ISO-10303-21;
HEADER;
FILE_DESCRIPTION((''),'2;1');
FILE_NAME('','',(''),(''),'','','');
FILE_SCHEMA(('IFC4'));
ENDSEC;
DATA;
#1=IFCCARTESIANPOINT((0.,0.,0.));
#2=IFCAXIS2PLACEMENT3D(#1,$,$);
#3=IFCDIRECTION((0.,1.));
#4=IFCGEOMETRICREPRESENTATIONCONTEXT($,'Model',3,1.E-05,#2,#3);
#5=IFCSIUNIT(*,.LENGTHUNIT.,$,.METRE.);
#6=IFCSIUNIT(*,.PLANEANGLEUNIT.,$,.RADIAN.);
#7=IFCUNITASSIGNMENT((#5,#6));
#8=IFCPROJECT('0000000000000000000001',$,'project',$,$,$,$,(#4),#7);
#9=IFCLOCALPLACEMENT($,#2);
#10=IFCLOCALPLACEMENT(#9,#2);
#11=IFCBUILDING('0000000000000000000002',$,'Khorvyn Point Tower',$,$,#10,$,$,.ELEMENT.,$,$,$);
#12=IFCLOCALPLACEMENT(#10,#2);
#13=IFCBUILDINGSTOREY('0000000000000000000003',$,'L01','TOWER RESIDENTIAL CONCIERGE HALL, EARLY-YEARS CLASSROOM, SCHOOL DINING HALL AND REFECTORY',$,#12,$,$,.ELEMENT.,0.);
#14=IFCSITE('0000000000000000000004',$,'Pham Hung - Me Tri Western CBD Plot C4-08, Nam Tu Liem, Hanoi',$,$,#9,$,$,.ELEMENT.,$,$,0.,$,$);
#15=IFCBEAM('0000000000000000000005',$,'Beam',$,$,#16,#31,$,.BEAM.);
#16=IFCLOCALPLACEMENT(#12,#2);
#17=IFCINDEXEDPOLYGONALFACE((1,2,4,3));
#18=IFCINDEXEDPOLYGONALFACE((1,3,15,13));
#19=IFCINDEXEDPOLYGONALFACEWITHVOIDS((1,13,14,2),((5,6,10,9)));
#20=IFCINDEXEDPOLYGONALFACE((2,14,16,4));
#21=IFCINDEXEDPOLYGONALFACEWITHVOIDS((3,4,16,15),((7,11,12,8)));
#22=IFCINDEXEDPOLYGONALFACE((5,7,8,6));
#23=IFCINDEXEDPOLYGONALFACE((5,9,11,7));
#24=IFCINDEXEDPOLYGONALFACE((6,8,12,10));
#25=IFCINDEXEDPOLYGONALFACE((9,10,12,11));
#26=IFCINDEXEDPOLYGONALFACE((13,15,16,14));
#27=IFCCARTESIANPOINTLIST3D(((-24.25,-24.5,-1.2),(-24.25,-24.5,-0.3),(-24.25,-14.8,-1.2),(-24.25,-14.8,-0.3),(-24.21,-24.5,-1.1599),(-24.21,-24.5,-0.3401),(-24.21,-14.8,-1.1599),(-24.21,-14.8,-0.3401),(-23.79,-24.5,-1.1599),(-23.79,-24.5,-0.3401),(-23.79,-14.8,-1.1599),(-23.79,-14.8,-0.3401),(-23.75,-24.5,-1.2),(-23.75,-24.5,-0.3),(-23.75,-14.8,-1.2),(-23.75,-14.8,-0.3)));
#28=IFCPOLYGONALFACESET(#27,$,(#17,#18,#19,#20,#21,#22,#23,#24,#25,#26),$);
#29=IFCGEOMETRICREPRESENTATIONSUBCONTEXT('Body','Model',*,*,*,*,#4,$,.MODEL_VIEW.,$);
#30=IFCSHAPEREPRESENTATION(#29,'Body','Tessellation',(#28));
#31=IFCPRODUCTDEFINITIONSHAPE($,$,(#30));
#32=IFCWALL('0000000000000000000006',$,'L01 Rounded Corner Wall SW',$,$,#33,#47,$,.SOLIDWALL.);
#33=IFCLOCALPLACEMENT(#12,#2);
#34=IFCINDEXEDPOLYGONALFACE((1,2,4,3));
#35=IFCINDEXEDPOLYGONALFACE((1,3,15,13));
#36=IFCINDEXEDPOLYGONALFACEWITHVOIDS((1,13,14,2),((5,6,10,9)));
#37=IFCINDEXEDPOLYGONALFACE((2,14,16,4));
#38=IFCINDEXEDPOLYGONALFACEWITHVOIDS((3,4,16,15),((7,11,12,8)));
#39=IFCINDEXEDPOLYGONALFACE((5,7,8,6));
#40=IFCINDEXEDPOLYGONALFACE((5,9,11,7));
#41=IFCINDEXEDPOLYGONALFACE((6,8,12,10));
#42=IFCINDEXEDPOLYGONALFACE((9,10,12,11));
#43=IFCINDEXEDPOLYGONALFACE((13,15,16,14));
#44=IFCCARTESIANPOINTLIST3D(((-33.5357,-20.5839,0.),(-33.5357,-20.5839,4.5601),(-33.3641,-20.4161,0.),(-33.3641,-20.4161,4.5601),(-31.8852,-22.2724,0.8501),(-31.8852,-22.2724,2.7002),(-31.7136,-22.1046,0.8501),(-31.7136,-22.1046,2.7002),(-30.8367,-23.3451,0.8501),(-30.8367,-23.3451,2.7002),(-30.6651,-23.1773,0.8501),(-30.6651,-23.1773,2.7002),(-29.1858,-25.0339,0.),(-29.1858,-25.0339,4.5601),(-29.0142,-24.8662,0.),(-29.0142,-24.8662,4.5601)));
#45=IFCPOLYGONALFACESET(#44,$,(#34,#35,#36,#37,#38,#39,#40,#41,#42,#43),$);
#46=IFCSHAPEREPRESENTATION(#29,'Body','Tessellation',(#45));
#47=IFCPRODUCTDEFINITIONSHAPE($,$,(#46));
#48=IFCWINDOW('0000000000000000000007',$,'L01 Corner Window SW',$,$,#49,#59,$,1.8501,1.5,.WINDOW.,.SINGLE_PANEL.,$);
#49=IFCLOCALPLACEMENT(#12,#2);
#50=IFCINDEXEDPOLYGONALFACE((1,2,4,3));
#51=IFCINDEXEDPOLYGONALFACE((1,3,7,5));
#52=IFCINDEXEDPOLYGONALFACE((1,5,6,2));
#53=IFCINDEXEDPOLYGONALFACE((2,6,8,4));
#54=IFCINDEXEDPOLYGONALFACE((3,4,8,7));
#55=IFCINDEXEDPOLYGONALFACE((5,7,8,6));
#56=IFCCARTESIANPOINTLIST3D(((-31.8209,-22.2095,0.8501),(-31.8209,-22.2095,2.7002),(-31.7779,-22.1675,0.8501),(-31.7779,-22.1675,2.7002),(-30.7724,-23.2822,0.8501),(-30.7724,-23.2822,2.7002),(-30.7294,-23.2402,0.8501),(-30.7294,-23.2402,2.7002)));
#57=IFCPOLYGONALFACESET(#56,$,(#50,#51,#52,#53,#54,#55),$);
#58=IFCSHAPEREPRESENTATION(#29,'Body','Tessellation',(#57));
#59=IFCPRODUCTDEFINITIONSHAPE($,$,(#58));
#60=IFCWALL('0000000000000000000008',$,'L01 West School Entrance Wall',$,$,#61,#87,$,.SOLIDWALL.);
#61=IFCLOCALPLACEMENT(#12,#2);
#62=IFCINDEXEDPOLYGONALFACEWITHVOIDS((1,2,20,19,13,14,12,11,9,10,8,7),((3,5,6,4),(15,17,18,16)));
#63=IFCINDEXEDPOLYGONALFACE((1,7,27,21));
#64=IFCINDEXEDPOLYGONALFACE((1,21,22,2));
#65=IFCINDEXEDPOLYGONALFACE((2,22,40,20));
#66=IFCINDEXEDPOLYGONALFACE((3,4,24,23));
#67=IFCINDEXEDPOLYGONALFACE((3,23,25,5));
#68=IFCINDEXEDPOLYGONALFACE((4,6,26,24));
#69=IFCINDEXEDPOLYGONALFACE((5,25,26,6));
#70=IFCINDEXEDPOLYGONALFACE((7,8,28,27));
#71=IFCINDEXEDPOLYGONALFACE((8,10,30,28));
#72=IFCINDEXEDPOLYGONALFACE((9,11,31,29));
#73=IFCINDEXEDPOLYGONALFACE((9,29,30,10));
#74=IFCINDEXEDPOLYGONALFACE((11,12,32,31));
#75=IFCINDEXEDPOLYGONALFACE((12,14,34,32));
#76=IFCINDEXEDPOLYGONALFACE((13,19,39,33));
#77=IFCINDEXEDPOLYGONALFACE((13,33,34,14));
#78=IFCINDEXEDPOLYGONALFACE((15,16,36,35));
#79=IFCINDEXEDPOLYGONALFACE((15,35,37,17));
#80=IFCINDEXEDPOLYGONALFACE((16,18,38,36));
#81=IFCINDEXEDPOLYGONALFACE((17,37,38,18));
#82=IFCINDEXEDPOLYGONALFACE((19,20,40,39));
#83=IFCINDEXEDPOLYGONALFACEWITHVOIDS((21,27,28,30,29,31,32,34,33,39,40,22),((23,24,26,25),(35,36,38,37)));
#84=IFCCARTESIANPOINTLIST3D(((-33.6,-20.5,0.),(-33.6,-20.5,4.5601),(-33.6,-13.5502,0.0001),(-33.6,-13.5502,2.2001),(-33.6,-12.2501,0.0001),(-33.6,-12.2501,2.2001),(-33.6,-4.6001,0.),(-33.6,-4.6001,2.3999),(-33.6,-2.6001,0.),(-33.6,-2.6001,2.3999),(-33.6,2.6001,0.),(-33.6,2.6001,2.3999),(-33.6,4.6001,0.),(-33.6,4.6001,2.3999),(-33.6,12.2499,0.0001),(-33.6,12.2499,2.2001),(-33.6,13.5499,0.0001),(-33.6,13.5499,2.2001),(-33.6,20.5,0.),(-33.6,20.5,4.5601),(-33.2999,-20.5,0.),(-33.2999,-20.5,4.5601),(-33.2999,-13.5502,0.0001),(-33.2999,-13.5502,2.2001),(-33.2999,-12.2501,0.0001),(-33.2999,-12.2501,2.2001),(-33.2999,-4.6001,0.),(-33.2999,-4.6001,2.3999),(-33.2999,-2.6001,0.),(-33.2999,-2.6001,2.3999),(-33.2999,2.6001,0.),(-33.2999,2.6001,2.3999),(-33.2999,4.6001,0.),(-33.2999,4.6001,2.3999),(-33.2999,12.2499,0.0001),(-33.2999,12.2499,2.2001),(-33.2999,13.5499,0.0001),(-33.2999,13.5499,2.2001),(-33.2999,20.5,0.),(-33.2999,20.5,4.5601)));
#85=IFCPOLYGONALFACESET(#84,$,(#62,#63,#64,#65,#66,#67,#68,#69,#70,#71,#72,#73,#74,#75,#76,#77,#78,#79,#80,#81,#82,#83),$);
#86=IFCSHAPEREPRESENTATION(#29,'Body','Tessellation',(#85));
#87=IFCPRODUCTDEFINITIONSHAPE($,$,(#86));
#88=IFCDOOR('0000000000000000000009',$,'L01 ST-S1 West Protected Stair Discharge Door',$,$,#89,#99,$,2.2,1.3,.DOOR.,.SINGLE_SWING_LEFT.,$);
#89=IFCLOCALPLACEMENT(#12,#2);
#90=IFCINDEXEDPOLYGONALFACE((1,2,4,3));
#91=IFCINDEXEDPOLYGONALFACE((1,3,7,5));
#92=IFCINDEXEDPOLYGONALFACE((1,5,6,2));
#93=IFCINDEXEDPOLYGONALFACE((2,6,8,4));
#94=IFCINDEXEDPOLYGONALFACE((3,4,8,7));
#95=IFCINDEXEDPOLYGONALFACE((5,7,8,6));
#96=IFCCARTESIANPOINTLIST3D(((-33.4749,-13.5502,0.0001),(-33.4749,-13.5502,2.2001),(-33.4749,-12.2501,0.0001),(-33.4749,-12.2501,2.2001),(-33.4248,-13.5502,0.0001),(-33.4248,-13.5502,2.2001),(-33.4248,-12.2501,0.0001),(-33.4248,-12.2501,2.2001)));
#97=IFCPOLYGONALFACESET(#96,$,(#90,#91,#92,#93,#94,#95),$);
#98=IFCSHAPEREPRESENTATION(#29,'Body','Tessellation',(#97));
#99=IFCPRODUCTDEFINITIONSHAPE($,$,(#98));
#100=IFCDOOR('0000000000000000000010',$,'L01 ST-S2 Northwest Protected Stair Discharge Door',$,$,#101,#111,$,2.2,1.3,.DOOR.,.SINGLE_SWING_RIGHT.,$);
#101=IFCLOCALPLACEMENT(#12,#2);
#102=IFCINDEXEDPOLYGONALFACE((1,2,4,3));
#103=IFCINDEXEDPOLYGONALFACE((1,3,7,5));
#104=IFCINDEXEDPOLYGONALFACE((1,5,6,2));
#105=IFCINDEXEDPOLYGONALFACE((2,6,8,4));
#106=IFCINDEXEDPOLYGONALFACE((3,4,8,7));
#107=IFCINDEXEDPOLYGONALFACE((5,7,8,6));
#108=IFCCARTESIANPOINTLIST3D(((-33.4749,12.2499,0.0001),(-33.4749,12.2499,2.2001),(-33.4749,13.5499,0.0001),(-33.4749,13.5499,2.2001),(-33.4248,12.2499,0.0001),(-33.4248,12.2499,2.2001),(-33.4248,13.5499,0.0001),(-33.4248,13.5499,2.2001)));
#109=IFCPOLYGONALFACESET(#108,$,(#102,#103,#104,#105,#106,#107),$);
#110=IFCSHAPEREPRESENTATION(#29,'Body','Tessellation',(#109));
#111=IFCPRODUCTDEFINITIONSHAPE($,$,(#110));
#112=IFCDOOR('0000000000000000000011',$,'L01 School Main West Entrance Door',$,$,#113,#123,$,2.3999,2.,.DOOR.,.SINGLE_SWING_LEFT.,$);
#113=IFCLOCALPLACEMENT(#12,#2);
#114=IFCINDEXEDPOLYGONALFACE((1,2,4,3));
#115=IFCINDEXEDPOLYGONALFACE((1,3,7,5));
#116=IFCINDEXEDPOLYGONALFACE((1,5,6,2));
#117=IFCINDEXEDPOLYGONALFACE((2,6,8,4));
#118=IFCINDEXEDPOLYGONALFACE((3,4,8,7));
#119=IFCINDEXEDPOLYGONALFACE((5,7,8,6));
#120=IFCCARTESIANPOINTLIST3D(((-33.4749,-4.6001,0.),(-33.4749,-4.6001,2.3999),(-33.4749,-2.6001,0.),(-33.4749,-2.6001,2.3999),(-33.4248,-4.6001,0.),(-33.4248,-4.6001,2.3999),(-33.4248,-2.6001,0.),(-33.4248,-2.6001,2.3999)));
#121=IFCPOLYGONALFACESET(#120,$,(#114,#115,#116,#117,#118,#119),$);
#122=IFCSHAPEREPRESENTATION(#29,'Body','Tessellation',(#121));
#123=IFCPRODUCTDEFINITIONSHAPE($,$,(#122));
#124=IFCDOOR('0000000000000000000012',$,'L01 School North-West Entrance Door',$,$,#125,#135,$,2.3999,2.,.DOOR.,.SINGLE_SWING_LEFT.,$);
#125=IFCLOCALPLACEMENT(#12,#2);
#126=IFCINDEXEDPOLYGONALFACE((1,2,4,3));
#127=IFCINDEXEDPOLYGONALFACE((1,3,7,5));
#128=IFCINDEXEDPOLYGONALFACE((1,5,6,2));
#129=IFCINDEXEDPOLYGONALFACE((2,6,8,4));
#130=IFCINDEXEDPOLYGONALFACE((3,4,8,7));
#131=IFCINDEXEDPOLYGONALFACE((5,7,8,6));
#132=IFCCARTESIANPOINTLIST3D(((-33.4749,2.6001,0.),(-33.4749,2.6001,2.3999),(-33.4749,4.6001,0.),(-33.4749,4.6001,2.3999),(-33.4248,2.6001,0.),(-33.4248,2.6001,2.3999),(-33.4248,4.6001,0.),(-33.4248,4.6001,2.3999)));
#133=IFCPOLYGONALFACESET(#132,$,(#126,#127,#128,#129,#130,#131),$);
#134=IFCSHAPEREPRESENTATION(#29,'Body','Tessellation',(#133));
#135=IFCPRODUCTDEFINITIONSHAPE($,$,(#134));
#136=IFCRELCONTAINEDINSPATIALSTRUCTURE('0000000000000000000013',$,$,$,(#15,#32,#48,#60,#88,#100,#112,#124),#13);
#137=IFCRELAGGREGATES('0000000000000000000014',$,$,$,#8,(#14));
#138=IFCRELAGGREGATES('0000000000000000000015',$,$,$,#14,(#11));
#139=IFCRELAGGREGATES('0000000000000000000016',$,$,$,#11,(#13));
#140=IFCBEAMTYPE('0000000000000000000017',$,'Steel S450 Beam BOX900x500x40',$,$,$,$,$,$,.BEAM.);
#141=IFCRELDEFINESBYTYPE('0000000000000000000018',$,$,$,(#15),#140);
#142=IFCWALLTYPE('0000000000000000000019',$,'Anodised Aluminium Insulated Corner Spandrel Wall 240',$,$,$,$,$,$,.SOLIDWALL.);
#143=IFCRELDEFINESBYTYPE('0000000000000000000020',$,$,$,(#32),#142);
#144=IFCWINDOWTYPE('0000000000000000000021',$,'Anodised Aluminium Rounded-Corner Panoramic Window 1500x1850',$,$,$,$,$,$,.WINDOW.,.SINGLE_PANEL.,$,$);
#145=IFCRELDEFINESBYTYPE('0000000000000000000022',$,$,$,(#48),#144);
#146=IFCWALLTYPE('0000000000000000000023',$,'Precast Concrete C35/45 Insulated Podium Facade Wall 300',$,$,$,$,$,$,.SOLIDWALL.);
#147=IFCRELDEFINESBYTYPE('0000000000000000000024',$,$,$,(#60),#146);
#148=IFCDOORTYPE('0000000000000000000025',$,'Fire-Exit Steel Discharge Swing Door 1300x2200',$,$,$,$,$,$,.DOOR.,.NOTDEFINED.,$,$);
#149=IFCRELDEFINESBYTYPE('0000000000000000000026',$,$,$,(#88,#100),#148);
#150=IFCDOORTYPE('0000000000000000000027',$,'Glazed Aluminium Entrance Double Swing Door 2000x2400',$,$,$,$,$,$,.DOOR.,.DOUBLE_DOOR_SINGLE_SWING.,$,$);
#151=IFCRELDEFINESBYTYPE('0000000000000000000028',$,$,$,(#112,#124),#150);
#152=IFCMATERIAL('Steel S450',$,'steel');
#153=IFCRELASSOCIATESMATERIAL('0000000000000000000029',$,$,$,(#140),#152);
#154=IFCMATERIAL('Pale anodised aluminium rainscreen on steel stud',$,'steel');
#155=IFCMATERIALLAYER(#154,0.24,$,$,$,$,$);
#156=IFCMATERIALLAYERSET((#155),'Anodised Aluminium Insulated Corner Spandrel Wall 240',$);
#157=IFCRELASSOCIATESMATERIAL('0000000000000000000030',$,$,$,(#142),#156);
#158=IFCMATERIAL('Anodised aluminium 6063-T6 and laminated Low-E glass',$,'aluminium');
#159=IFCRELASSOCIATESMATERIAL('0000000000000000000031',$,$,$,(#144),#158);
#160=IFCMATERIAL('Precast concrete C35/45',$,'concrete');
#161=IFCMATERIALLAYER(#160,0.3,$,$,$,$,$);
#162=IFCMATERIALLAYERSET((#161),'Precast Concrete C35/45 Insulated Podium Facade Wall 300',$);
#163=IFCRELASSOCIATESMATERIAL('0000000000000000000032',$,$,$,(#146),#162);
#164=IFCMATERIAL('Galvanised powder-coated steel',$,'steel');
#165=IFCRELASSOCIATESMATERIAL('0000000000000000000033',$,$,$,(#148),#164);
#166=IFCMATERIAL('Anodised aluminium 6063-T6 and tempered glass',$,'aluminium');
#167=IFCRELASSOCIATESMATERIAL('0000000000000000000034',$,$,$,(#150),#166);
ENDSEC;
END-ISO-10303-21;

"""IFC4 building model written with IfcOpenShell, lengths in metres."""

from ifc_helpers import new_model, si_unit, direction, frame, frame_2d, origin, origin_2d, place, context, subcontext, project, spatial, rectangle, hollow_rectangle, extrude, material, layer, layer_set, material_profile, profile_set, type_object, element, fill, save


model = new_model("IFC4")

# Units and contexts
model_context = context("Model", 3, precision=1e-05, world=origin(), true_north=direction((0.0, 1.0)))
body_context = subcontext(model_context, "Body", "Model", "MODEL_VIEW")
ifc_project = project(units=[si_unit("LENGTHUNIT", "METRE"), si_unit("PLANEANGLEUNIT", "RADIAN")], contexts=[model_context])

# Site, building, storey
site_placement = place(None, origin())
site = spatial("IfcSite", under=ifc_project, at=site_placement, Name="Pham Hung - Me Tri Western CBD Plot C4-08, Nam Tu Liem, Hanoi", CompositionType="ELEMENT", RefElevation=0.0)
building_placement = place(site_placement, origin())
building = spatial("IfcBuilding", under=site, at=building_placement, Name="Khorvyn Point Tower", CompositionType="ELEMENT")
storey_placement = place(building_placement, origin())
storey = spatial("IfcBuildingStorey", under=building, at=storey_placement, Name="L01", Description="TOWER RESIDENTIAL CONCIERGE HALL, EARLY-YEARS CLASSROOM, SCHOOL DINING HALL AND REFECTORY", CompositionType="ELEMENT", Elevation=0.0)

# Beam
ifc_material_1 = material(Name="Steel S450", Category="steel")
ifc_material_profile_1 = material_profile(ifc_material_1, hollow_rectangle(XDim=0.5, YDim=0.8999, WallThickness=0.04, at=origin_2d()))
ifc_profile_set_1 = profile_set([ifc_material_profile_1], Name="Steel S450 BOX900x500x40")
beam_type_1 = type_object("IfcBeamType", Name="Steel S450 Beam BOX900x500x40", PredefinedType="BEAM", material=ifc_profile_set_1)
beam_1_placement = place(storey_placement, frame((-24.0, -24.5, -0.75), z_axis=(0.0, 1.0, 0.0), x_axis=(-1.0, 0.0, 0.0)))
element("IfcBeam", 1, at=beam_1_placement, inside=storey, type_object=beam_type_1, Name="Beam", PredefinedType="BEAM", context=body_context, shape_type="SweptSolid", body=[
    extrude(hollow_rectangle(XDim=0.5, YDim=0.8999, WallThickness=0.04, at=origin_2d()), origin(), (0.0, 0.0, 1.0), 9.7),
])

# Wall, opening, window
ifc_material_2 = material(Name="Pale anodised aluminium rainscreen on steel stud", Category="steel")
ifc_layer_1 = layer(ifc_material_2, 0.24)
ifc_layer_set_1 = layer_set([ifc_layer_1], Name="Anodised Aluminium Insulated Corner Spandrel Wall 240")
wall_type_1 = type_object("IfcWallType", Name="Anodised Aluminium Insulated Corner Spandrel Wall 240", PredefinedType="SOLIDWALL", material=ifc_layer_set_1)
wall_1_placement = place(storey_placement, frame((-29.1001, -24.95, 0.0), z_axis=(0.0, 0.0, 1.0), x_axis=(-0.699018, 0.715104, 0.0)))
wall_1 = element("IfcWall", 2, at=wall_1_placement, inside=storey, type_object=wall_type_1, Name="L01 Rounded Corner Wall SW", PredefinedType="SOLIDWALL", context=body_context, shape_type="SweptSolid", body=[
    extrude(rectangle(XDim=6.2229, YDim=0.24, at=frame_2d((3.1113, 0.0))), origin(), (0.0, 0.0, 1.0), 4.5601),
])
opening_1_placement = place(wall_1_placement, frame((2.3616, 0.0, 0.8501)))
opening_1 = element("IfcOpeningElement", 3, at=opening_1_placement, cuts=wall_1, PredefinedType="OPENING", context=body_context, shape_type="SweptSolid", body=[
    extrude(rectangle(XDim=1.5, YDim=1.8501, at=frame_2d((0.75, 0.925))), frame((0.0, 0.1299, 0.0), z_axis=(0.0, -1.0, 0.0), x_axis=(1.0, 0.0, 0.0)), (0.0, 0.0, 1.0), 0.26),
])
ifc_material_3 = material(Name="Anodised aluminium 6063-T6 and laminated Low-E glass", Category="aluminium")
window_type = type_object("IfcWindowType", Name="Anodised Aluminium Rounded-Corner Panoramic Window 1500x1850", PartitioningType="SINGLE_PANEL", PredefinedType="WINDOW", material=ifc_material_3)
window_placement = place(opening_1_placement, origin())
window = element("IfcWindow", 4, at=window_placement, inside=storey, type_object=window_type, Name="L01 Corner Window SW", OverallHeight=1.8501, OverallWidth=1.5, PartitioningType="SINGLE_PANEL", PredefinedType="WINDOW", context=body_context, shape_type="SweptSolid", body=[
    extrude(rectangle(XDim=1.5, YDim=1.8501, at=frame_2d((0.75, 0.925))), frame((0.0, 0.03, 0.0), z_axis=(0.0, -1.0, 0.0), x_axis=(1.0, 0.0, 0.0)), (0.0, 0.0, 1.0), 0.0601),
])
fill(opening_1, window)

# Wall, openings, doors
ifc_material_4 = material(Name="Precast concrete C35/45", Category="concrete")
ifc_layer_2 = layer(ifc_material_4, 0.3)
ifc_layer_set_2 = layer_set([ifc_layer_2], Name="Precast Concrete C35/45 Insulated Podium Facade Wall 300")
wall_type_2 = type_object("IfcWallType", Name="Precast Concrete C35/45 Insulated Podium Facade Wall 300", PredefinedType="SOLIDWALL", material=ifc_layer_set_2)
wall_2_placement = place(storey_placement, frame((-33.45, -20.5, 0.0), z_axis=(0.0, 0.0, 1.0), x_axis=(0.0, 1.0, 0.0)))
wall_2 = element("IfcWall", 5, at=wall_2_placement, inside=storey, type_object=wall_type_2, Name="L01 West School Entrance Wall", PredefinedType="SOLIDWALL", context=body_context, shape_type="SweptSolid", body=[
    extrude(rectangle(XDim=41.0, YDim=0.3, at=frame_2d((20.5, 0.0))), origin(), (0.0, 0.0, 1.0), 4.5601),
])
opening_2_placement = place(wall_2_placement, frame((15.8999, 0.0, 0.0)))
opening_2 = element("IfcOpeningElement", 6, at=opening_2_placement, cuts=wall_2, PredefinedType="OPENING", context=body_context, shape_type="SweptSolid", body=[
    extrude(rectangle(XDim=2.0, YDim=2.3999, at=frame_2d((1.0, 1.2))), frame((0.0, 0.1599, 0.0), z_axis=(0.0, -1.0, 0.0), x_axis=(1.0, 0.0, 0.0)), (0.0, 0.0, 1.0), 0.3201),
])
opening_3_placement = place(wall_2_placement, frame((23.1001, 0.0, 0.0)))
opening_3 = element("IfcOpeningElement", 7, at=opening_3_placement, cuts=wall_2, PredefinedType="OPENING", context=body_context, shape_type="SweptSolid", body=[
    extrude(rectangle(XDim=2.0, YDim=2.3999, at=frame_2d((1.0, 1.2))), frame((0.0, 0.1599, 0.0), z_axis=(0.0, -1.0, 0.0), x_axis=(1.0, 0.0, 0.0)), (0.0, 0.0, 1.0), 0.3201),
])
opening_4_placement = place(wall_2_placement, frame((6.95, 0.0, 0.0)))
opening_4 = element("IfcOpeningElement", 8, at=opening_4_placement, cuts=wall_2, PredefinedType="OPENING", context=body_context, shape_type="SweptSolid", body=[
    extrude(rectangle(XDim=1.3, YDim=2.2, at=frame_2d((0.6499, 1.1001))), frame((0.0, 0.1599, 0.0), z_axis=(0.0, -1.0, 0.0), x_axis=(1.0, 0.0, 0.0)), (0.0, 0.0, 1.0), 0.3201),
])
opening_5_placement = place(wall_2_placement, frame((32.75, 0.0, 0.0)))
opening_5 = element("IfcOpeningElement", 9, at=opening_5_placement, cuts=wall_2, PredefinedType="OPENING", context=body_context, shape_type="SweptSolid", body=[
    extrude(rectangle(XDim=1.3, YDim=2.2, at=frame_2d((0.6499, 1.1001))), frame((0.0, 0.1599, 0.0), z_axis=(0.0, -1.0, 0.0), x_axis=(1.0, 0.0, 0.0)), (0.0, 0.0, 1.0), 0.3201),
])
ifc_material_5 = material(Name="Galvanised powder-coated steel", Category="steel")
door_type_1 = type_object("IfcDoorType", Name="Fire-Exit Steel Discharge Swing Door 1300x2200", OperationType="NOTDEFINED", PredefinedType="DOOR", material=ifc_material_5)
door_1_placement = place(opening_4_placement, origin())
door_1 = element("IfcDoor", 10, at=door_1_placement, inside=storey, type_object=door_type_1, Name="L01 ST-S1 West Protected Stair Discharge Door", OperationType="SINGLE_SWING_LEFT", OverallHeight=2.2, OverallWidth=1.3, PredefinedType="DOOR", context=body_context, shape_type="SweptSolid", body=[
    extrude(rectangle(XDim=1.3, YDim=2.2, at=frame_2d((0.6499, 1.1001))), frame((0.0, 0.0249, 0.0), z_axis=(0.0, -1.0, 0.0), x_axis=(1.0, 0.0, 0.0)), (0.0, 0.0, 1.0), 0.05),
])
fill(opening_4, door_1)
door_2_placement = place(opening_5_placement, origin())
door_2 = element("IfcDoor", 11, at=door_2_placement, inside=storey, type_object=door_type_1, Name="L01 ST-S2 Northwest Protected Stair Discharge Door", OperationType="SINGLE_SWING_RIGHT", OverallHeight=2.2, OverallWidth=1.3, PredefinedType="DOOR", context=body_context, shape_type="SweptSolid", body=[
    extrude(rectangle(XDim=1.3, YDim=2.2, at=frame_2d((0.6499, 1.1001))), frame((0.0, 0.0249, 0.0), z_axis=(0.0, -1.0, 0.0), x_axis=(1.0, 0.0, 0.0)), (0.0, 0.0, 1.0), 0.05),
])
fill(opening_5, door_2)
ifc_material_6 = material(Name="Anodised aluminium 6063-T6 and tempered glass", Category="aluminium")
door_type_2 = type_object("IfcDoorType", Name="Glazed Aluminium Entrance Double Swing Door 2000x2400", OperationType="DOUBLE_DOOR_SINGLE_SWING", PredefinedType="DOOR", material=ifc_material_6)
door_3_placement = place(opening_2_placement, origin())
door_3 = element("IfcDoor", 12, at=door_3_placement, inside=storey, type_object=door_type_2, Name="L01 School Main West Entrance Door", OperationType="SINGLE_SWING_LEFT", OverallHeight=2.3999, OverallWidth=2.0, PredefinedType="DOOR", context=body_context, shape_type="SweptSolid", body=[
    extrude(rectangle(XDim=2.0, YDim=2.3999, at=frame_2d((1.0, 1.2))), frame((0.0, 0.0249, 0.0), z_axis=(0.0, -1.0, 0.0), x_axis=(1.0, 0.0, 0.0)), (0.0, 0.0, 1.0), 0.05),
])
fill(opening_2, door_3)
door_4_placement = place(opening_3_placement, origin())
door_4 = element("IfcDoor", 13, at=door_4_placement, inside=storey, type_object=door_type_2, Name="L01 School North-West Entrance Door", OperationType="SINGLE_SWING_LEFT", OverallHeight=2.3999, OverallWidth=2.0, PredefinedType="DOOR", context=body_context, shape_type="SweptSolid", body=[
    extrude(rectangle(XDim=2.0, YDim=2.3999, at=frame_2d((1.0, 1.2))), frame((0.0, 0.0249, 0.0), z_axis=(0.0, -1.0, 0.0), x_axis=(1.0, 0.0, 0.0)), (0.0, 0.0, 1.0), 0.05),
])
fill(opening_3, door_4)

save(model, "model.ifc")
